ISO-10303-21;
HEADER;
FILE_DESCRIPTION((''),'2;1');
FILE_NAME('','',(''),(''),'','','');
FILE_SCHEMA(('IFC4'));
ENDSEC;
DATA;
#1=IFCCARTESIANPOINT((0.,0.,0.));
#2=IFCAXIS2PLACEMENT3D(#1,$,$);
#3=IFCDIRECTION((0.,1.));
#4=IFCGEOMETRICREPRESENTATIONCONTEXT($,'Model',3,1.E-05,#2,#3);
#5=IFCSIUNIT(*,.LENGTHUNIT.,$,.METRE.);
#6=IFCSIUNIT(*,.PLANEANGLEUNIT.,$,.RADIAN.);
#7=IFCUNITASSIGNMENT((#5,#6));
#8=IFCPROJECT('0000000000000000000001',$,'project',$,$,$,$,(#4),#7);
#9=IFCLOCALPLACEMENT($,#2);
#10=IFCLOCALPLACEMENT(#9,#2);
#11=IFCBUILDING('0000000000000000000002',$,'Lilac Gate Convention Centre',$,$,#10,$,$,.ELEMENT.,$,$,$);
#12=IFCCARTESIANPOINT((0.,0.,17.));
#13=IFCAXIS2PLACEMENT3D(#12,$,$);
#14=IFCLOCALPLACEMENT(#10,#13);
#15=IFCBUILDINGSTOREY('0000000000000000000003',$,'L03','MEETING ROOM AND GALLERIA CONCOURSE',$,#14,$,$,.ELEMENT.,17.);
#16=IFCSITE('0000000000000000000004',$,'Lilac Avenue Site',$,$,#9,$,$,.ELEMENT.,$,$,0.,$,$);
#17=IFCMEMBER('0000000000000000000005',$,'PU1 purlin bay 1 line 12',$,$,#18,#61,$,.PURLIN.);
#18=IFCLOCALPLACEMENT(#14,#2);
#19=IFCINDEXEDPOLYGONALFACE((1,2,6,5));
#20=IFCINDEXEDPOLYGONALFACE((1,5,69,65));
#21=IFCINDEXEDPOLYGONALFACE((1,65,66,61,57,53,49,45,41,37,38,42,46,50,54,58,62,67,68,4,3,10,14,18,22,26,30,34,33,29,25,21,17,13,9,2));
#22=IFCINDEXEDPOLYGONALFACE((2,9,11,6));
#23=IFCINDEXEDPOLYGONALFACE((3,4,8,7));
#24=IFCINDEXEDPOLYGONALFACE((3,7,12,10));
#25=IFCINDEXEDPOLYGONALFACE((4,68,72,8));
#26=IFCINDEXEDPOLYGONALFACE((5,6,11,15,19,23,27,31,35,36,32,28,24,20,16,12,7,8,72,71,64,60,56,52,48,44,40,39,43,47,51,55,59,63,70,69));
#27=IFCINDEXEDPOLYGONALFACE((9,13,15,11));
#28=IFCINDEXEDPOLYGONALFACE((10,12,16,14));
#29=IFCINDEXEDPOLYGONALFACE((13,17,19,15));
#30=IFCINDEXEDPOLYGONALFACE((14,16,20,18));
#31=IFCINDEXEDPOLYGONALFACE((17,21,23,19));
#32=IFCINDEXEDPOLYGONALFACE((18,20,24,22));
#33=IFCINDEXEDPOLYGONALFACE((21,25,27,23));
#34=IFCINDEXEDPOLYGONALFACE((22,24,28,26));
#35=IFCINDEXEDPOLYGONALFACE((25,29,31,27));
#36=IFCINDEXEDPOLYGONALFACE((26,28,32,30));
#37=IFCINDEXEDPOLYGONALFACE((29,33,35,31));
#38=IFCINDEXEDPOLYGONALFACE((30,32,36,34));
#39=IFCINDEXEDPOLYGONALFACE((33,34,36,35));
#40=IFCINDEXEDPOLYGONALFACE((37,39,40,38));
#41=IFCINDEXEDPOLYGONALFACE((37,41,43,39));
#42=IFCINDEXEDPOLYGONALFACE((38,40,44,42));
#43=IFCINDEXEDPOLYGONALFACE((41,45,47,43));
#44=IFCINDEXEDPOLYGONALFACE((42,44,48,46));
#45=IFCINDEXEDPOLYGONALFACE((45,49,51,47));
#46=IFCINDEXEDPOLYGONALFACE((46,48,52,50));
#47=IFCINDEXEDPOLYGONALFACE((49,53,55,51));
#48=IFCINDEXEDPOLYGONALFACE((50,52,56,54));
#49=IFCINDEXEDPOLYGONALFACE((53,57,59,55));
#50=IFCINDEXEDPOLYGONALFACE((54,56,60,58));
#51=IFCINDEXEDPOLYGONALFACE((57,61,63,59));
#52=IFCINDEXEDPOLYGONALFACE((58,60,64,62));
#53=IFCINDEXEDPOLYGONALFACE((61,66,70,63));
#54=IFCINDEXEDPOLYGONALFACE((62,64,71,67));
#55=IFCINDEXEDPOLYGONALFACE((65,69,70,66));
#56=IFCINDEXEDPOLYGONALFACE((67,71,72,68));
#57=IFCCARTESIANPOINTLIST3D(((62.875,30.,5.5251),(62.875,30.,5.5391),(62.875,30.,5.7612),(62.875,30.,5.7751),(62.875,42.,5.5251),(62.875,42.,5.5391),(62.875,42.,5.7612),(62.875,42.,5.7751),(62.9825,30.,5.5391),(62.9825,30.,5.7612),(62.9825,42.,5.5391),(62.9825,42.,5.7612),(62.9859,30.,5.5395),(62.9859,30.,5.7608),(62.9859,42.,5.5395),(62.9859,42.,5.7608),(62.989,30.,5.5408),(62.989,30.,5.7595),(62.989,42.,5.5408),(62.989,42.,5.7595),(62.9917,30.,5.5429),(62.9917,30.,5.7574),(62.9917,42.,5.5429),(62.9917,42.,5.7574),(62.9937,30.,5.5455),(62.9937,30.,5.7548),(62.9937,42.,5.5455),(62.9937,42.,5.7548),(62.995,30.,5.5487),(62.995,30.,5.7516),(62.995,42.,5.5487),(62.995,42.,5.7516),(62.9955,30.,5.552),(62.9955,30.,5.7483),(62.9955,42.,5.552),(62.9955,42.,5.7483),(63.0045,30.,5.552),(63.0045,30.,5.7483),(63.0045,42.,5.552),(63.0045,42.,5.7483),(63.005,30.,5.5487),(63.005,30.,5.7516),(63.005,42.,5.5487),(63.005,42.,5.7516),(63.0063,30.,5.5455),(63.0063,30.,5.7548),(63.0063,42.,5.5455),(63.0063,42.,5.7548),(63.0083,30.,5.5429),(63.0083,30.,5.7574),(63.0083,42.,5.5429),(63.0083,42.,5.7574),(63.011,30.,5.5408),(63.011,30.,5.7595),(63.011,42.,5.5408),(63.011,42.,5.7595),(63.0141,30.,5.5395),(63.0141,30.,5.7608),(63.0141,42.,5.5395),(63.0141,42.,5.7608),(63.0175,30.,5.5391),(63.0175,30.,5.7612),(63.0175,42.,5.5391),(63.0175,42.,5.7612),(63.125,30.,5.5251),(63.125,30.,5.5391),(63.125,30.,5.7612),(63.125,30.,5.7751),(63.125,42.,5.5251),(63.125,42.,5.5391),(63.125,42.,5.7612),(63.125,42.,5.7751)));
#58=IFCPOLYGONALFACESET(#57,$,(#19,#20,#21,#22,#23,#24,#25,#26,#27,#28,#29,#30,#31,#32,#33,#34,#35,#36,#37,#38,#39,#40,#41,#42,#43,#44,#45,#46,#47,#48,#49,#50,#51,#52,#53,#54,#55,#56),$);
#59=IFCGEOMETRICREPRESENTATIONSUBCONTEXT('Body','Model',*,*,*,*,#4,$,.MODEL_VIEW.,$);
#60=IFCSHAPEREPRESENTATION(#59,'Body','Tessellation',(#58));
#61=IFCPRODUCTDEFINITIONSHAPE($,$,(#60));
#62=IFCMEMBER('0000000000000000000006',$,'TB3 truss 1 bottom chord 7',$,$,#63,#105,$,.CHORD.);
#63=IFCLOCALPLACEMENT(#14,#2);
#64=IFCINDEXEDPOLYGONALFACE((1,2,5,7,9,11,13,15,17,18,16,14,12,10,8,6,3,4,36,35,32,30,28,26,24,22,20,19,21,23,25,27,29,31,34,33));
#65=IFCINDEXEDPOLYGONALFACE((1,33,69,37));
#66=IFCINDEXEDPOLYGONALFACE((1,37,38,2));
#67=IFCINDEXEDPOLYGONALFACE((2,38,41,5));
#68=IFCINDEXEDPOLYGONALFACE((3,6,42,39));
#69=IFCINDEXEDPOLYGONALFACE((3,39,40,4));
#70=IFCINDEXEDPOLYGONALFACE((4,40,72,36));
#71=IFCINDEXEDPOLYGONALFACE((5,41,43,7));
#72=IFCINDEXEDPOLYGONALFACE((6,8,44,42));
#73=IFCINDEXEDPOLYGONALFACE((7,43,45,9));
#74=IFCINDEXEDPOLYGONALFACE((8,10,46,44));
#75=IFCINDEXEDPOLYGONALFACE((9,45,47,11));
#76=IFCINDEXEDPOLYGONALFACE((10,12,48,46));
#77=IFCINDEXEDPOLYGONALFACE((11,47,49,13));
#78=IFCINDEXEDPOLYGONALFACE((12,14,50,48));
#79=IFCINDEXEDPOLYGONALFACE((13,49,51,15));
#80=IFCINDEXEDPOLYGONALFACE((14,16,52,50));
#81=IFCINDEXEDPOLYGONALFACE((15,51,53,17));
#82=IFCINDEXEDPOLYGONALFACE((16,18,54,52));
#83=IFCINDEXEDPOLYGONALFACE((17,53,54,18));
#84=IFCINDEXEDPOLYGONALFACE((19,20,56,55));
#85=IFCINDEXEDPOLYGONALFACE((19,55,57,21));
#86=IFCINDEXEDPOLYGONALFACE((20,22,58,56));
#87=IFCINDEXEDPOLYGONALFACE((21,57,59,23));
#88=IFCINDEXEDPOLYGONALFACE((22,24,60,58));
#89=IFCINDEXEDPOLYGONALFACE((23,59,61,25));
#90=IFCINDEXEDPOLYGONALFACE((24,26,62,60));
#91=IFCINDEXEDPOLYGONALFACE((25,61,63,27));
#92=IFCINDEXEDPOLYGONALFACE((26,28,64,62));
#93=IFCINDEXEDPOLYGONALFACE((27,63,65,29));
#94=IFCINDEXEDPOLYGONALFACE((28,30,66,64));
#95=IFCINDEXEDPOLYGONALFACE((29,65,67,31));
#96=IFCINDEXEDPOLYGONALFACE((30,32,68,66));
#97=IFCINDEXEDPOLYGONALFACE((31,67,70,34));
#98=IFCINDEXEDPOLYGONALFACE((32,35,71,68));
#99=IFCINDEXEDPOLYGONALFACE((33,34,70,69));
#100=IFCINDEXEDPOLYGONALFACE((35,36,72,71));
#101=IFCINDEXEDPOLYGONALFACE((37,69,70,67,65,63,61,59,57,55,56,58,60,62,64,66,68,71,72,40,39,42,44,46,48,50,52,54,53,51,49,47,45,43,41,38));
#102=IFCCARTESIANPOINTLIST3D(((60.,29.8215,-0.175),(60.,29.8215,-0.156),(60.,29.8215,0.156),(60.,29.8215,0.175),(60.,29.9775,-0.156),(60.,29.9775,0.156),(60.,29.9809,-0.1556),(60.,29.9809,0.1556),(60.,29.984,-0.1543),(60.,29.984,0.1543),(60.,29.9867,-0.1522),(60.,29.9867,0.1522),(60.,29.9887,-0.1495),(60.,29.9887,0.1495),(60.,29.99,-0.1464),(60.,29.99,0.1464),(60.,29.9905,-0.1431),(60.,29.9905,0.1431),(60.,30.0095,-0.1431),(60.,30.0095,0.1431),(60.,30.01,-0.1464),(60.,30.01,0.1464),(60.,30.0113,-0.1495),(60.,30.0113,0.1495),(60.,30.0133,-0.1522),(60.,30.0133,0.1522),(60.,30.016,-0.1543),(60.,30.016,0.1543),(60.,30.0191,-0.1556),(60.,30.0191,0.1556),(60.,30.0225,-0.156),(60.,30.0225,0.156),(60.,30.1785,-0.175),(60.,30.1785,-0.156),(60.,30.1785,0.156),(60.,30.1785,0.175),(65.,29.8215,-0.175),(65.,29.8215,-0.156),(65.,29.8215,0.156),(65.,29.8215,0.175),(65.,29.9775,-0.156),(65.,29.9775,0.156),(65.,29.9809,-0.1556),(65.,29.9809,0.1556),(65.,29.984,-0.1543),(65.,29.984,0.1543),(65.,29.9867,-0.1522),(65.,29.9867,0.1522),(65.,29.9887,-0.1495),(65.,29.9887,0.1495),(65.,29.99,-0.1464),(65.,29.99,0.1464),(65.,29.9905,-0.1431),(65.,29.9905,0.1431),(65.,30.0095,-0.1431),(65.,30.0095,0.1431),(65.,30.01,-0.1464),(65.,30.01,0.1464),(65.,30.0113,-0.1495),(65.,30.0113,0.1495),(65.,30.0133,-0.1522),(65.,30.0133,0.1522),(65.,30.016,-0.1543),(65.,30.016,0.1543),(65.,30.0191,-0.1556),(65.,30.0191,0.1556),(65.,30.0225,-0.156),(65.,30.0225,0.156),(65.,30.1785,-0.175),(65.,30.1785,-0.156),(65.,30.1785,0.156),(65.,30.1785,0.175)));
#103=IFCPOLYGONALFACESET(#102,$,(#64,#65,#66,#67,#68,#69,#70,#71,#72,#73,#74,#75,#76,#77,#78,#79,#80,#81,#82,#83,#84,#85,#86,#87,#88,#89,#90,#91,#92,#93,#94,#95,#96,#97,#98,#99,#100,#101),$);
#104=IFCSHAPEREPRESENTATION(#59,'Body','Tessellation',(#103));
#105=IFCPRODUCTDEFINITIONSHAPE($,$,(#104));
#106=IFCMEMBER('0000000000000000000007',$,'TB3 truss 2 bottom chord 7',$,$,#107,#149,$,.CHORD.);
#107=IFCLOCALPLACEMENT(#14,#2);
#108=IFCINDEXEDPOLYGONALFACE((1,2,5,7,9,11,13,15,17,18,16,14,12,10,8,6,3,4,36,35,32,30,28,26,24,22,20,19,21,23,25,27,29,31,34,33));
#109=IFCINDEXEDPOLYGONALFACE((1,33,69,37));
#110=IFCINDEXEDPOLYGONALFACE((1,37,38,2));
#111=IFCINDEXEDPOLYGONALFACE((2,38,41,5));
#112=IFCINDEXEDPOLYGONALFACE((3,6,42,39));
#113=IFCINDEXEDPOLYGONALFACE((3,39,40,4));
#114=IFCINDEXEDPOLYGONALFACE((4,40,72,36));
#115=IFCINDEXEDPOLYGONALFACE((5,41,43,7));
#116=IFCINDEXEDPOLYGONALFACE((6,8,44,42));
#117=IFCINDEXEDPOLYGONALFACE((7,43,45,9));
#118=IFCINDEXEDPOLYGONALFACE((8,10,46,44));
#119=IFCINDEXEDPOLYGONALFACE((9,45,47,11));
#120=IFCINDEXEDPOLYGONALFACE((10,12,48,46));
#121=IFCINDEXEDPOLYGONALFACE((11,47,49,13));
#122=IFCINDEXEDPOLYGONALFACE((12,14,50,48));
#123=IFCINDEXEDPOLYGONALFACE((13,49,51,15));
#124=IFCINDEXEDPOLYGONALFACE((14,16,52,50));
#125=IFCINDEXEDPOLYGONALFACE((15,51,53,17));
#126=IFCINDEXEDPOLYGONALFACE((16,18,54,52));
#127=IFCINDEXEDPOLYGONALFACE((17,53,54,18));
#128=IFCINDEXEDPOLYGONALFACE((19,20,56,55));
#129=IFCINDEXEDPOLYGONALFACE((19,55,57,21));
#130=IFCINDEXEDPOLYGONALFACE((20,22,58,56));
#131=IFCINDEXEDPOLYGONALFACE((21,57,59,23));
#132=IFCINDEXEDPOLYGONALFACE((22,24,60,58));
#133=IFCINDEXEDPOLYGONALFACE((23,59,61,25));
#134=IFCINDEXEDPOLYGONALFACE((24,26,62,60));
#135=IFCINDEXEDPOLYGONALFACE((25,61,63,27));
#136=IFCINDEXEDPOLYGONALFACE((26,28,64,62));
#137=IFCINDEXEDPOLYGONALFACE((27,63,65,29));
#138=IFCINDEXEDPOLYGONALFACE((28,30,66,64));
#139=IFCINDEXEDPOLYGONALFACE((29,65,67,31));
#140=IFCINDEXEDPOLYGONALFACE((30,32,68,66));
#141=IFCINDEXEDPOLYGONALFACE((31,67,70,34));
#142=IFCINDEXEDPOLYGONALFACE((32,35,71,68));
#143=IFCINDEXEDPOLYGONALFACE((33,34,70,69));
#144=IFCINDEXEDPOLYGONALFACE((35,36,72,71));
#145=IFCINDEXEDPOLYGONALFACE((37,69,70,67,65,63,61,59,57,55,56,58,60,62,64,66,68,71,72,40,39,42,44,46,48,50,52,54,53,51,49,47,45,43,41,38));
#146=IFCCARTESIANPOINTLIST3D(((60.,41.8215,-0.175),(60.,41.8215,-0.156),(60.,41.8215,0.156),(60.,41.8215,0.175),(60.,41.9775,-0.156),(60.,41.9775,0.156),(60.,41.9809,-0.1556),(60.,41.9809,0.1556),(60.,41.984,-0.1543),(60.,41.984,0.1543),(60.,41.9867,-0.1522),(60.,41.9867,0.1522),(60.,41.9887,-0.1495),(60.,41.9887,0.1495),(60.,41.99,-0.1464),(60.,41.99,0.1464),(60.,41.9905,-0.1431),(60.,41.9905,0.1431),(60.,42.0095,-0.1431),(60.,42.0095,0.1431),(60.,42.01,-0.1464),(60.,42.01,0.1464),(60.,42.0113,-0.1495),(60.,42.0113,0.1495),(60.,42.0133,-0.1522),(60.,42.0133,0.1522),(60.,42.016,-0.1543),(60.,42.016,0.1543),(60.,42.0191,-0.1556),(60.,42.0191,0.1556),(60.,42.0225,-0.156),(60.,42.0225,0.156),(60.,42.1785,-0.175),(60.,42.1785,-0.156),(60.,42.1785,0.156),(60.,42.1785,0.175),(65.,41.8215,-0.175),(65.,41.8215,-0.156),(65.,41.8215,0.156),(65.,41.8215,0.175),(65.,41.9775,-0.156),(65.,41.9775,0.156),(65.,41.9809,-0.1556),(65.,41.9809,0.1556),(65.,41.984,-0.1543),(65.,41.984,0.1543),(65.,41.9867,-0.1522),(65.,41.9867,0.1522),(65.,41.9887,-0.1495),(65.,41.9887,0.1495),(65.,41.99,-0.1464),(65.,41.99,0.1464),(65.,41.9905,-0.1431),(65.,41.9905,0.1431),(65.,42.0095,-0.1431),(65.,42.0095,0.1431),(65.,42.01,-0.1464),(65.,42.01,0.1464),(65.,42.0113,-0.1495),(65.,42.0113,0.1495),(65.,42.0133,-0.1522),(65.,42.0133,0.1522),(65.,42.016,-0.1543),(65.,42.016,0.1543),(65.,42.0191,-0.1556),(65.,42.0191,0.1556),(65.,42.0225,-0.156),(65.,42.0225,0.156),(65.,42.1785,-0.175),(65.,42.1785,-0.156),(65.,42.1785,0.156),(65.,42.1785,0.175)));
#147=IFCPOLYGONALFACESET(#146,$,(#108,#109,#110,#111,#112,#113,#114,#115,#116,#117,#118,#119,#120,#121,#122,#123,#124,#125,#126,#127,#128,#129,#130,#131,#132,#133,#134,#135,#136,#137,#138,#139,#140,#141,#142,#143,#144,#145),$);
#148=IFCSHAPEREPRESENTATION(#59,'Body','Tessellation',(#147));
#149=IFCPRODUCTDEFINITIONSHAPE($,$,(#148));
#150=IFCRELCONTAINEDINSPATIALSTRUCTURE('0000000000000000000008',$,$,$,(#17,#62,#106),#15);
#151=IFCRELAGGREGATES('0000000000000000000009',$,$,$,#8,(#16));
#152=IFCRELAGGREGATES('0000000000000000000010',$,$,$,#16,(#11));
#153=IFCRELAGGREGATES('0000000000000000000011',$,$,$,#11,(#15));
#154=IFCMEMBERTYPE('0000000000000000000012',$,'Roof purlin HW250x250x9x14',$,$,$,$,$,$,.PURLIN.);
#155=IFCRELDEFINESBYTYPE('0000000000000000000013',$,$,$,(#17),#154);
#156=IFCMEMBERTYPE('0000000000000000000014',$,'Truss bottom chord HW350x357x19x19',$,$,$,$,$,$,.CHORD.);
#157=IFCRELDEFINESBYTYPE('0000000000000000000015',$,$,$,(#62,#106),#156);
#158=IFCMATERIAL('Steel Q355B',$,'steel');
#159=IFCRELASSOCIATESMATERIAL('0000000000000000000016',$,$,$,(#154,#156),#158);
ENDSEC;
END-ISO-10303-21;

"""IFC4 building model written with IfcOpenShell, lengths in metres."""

from ifc_helpers import new_model, si_unit, direction, frame, origin, origin_2d, place, context, subcontext, project, spatial, i_section, extrude, material, material_profile, profile_set, type_object, element, save


model = new_model("IFC4")

# Units and contexts
model_context = context("Model", 3, precision=1e-05, world=origin(), true_north=direction((0.0, 1.0)))
body_context = subcontext(model_context, "Body", "Model", "MODEL_VIEW")
ifc_project = project(units=[si_unit("LENGTHUNIT", "METRE"), si_unit("PLANEANGLEUNIT", "RADIAN")], contexts=[model_context])

# Site, building, storey
site_placement = place(None, origin())
site = spatial("IfcSite", under=ifc_project, at=site_placement, Name="Lilac Avenue Site", CompositionType="ELEMENT", RefElevation=0.0)
building_placement = place(site_placement, origin())
building = spatial("IfcBuilding", under=site, at=building_placement, Name="Lilac Gate Convention Centre", CompositionType="ELEMENT")
storey_placement = place(building_placement, frame((0.0, 0.0, 17.0)))
storey = spatial("IfcBuildingStorey", under=building, at=storey_placement, Name="L03", Description="MEETING ROOM AND GALLERIA CONCOURSE", CompositionType="ELEMENT", Elevation=17.0)

# Members
ifc_material = material(Name="Steel Q355B", Category="steel")
ifc_material_profile_1 = material_profile(ifc_material, i_section(OverallWidth=0.25, OverallDepth=0.25, WebThickness=0.009, FlangeThickness=0.0139, FilletRadius=0.0129, at=origin_2d()), Name="HW250x250x9x14")
ifc_profile_set_1 = profile_set([ifc_material_profile_1], Name="Steel Q355B")
member_type_1 = type_object("IfcMemberType", Name="Roof purlin HW250x250x9x14", PredefinedType="PURLIN", material=ifc_profile_set_1)
for number, where, z_axis, x_axis, name in (
    (1, (63.0, 30.0, 5.6501), (0.0, 1.0, 0.0), (-1.0, 0.0, 0.0), "PU1 purlin bay 1 line 12"),
):
    element("IfcMember", number, at=place(storey_placement, frame(where, z_axis=z_axis, x_axis=x_axis)), inside=storey, type_object=member_type_1, Name=name, PredefinedType="PURLIN", context=body_context, shape_type="SweptSolid", body=[
        extrude(i_section(OverallWidth=0.25, OverallDepth=0.25, WebThickness=0.009, FlangeThickness=0.0139, FilletRadius=0.0129, at=origin_2d()), origin(), (0.0, 0.0, 1.0), 12.0),
    ])
ifc_material_profile_2 = material_profile(ifc_material, i_section(OverallWidth=0.3569, OverallDepth=0.3501, WebThickness=0.019, FlangeThickness=0.019, FilletRadius=0.0129, at=origin_2d()), Name="HW350x357x19x19")
ifc_profile_set_2 = profile_set([ifc_material_profile_2], Name="Steel Q355B")
member_type_2 = type_object("IfcMemberType", Name="Truss bottom chord HW350x357x19x19", PredefinedType="CHORD", material=ifc_profile_set_2)
for number, where, z_axis, x_axis, name in (
    (2, (60.0, 30.0, 0.0), (1.0, 0.0, 0.0), (0.0, 1.0, 0.0), "TB3 truss 1 bottom chord 7"),
    (3, (60.0, 42.0, 0.0), (1.0, 0.0, 0.0), (0.0, 1.0, 0.0), "TB3 truss 2 bottom chord 7"),
):
    element("IfcMember", number, at=place(storey_placement, frame(where, z_axis=z_axis, x_axis=x_axis)), inside=storey, type_object=member_type_2, Name=name, PredefinedType="CHORD", context=body_context, shape_type="SweptSolid", body=[
        extrude(i_section(OverallWidth=0.3569, OverallDepth=0.3501, WebThickness=0.019, FlangeThickness=0.019, FilletRadius=0.0129, at=origin_2d()), origin(), (0.0, 0.0, 1.0), 5.0),
    ])

save(model, "model.ifc")
